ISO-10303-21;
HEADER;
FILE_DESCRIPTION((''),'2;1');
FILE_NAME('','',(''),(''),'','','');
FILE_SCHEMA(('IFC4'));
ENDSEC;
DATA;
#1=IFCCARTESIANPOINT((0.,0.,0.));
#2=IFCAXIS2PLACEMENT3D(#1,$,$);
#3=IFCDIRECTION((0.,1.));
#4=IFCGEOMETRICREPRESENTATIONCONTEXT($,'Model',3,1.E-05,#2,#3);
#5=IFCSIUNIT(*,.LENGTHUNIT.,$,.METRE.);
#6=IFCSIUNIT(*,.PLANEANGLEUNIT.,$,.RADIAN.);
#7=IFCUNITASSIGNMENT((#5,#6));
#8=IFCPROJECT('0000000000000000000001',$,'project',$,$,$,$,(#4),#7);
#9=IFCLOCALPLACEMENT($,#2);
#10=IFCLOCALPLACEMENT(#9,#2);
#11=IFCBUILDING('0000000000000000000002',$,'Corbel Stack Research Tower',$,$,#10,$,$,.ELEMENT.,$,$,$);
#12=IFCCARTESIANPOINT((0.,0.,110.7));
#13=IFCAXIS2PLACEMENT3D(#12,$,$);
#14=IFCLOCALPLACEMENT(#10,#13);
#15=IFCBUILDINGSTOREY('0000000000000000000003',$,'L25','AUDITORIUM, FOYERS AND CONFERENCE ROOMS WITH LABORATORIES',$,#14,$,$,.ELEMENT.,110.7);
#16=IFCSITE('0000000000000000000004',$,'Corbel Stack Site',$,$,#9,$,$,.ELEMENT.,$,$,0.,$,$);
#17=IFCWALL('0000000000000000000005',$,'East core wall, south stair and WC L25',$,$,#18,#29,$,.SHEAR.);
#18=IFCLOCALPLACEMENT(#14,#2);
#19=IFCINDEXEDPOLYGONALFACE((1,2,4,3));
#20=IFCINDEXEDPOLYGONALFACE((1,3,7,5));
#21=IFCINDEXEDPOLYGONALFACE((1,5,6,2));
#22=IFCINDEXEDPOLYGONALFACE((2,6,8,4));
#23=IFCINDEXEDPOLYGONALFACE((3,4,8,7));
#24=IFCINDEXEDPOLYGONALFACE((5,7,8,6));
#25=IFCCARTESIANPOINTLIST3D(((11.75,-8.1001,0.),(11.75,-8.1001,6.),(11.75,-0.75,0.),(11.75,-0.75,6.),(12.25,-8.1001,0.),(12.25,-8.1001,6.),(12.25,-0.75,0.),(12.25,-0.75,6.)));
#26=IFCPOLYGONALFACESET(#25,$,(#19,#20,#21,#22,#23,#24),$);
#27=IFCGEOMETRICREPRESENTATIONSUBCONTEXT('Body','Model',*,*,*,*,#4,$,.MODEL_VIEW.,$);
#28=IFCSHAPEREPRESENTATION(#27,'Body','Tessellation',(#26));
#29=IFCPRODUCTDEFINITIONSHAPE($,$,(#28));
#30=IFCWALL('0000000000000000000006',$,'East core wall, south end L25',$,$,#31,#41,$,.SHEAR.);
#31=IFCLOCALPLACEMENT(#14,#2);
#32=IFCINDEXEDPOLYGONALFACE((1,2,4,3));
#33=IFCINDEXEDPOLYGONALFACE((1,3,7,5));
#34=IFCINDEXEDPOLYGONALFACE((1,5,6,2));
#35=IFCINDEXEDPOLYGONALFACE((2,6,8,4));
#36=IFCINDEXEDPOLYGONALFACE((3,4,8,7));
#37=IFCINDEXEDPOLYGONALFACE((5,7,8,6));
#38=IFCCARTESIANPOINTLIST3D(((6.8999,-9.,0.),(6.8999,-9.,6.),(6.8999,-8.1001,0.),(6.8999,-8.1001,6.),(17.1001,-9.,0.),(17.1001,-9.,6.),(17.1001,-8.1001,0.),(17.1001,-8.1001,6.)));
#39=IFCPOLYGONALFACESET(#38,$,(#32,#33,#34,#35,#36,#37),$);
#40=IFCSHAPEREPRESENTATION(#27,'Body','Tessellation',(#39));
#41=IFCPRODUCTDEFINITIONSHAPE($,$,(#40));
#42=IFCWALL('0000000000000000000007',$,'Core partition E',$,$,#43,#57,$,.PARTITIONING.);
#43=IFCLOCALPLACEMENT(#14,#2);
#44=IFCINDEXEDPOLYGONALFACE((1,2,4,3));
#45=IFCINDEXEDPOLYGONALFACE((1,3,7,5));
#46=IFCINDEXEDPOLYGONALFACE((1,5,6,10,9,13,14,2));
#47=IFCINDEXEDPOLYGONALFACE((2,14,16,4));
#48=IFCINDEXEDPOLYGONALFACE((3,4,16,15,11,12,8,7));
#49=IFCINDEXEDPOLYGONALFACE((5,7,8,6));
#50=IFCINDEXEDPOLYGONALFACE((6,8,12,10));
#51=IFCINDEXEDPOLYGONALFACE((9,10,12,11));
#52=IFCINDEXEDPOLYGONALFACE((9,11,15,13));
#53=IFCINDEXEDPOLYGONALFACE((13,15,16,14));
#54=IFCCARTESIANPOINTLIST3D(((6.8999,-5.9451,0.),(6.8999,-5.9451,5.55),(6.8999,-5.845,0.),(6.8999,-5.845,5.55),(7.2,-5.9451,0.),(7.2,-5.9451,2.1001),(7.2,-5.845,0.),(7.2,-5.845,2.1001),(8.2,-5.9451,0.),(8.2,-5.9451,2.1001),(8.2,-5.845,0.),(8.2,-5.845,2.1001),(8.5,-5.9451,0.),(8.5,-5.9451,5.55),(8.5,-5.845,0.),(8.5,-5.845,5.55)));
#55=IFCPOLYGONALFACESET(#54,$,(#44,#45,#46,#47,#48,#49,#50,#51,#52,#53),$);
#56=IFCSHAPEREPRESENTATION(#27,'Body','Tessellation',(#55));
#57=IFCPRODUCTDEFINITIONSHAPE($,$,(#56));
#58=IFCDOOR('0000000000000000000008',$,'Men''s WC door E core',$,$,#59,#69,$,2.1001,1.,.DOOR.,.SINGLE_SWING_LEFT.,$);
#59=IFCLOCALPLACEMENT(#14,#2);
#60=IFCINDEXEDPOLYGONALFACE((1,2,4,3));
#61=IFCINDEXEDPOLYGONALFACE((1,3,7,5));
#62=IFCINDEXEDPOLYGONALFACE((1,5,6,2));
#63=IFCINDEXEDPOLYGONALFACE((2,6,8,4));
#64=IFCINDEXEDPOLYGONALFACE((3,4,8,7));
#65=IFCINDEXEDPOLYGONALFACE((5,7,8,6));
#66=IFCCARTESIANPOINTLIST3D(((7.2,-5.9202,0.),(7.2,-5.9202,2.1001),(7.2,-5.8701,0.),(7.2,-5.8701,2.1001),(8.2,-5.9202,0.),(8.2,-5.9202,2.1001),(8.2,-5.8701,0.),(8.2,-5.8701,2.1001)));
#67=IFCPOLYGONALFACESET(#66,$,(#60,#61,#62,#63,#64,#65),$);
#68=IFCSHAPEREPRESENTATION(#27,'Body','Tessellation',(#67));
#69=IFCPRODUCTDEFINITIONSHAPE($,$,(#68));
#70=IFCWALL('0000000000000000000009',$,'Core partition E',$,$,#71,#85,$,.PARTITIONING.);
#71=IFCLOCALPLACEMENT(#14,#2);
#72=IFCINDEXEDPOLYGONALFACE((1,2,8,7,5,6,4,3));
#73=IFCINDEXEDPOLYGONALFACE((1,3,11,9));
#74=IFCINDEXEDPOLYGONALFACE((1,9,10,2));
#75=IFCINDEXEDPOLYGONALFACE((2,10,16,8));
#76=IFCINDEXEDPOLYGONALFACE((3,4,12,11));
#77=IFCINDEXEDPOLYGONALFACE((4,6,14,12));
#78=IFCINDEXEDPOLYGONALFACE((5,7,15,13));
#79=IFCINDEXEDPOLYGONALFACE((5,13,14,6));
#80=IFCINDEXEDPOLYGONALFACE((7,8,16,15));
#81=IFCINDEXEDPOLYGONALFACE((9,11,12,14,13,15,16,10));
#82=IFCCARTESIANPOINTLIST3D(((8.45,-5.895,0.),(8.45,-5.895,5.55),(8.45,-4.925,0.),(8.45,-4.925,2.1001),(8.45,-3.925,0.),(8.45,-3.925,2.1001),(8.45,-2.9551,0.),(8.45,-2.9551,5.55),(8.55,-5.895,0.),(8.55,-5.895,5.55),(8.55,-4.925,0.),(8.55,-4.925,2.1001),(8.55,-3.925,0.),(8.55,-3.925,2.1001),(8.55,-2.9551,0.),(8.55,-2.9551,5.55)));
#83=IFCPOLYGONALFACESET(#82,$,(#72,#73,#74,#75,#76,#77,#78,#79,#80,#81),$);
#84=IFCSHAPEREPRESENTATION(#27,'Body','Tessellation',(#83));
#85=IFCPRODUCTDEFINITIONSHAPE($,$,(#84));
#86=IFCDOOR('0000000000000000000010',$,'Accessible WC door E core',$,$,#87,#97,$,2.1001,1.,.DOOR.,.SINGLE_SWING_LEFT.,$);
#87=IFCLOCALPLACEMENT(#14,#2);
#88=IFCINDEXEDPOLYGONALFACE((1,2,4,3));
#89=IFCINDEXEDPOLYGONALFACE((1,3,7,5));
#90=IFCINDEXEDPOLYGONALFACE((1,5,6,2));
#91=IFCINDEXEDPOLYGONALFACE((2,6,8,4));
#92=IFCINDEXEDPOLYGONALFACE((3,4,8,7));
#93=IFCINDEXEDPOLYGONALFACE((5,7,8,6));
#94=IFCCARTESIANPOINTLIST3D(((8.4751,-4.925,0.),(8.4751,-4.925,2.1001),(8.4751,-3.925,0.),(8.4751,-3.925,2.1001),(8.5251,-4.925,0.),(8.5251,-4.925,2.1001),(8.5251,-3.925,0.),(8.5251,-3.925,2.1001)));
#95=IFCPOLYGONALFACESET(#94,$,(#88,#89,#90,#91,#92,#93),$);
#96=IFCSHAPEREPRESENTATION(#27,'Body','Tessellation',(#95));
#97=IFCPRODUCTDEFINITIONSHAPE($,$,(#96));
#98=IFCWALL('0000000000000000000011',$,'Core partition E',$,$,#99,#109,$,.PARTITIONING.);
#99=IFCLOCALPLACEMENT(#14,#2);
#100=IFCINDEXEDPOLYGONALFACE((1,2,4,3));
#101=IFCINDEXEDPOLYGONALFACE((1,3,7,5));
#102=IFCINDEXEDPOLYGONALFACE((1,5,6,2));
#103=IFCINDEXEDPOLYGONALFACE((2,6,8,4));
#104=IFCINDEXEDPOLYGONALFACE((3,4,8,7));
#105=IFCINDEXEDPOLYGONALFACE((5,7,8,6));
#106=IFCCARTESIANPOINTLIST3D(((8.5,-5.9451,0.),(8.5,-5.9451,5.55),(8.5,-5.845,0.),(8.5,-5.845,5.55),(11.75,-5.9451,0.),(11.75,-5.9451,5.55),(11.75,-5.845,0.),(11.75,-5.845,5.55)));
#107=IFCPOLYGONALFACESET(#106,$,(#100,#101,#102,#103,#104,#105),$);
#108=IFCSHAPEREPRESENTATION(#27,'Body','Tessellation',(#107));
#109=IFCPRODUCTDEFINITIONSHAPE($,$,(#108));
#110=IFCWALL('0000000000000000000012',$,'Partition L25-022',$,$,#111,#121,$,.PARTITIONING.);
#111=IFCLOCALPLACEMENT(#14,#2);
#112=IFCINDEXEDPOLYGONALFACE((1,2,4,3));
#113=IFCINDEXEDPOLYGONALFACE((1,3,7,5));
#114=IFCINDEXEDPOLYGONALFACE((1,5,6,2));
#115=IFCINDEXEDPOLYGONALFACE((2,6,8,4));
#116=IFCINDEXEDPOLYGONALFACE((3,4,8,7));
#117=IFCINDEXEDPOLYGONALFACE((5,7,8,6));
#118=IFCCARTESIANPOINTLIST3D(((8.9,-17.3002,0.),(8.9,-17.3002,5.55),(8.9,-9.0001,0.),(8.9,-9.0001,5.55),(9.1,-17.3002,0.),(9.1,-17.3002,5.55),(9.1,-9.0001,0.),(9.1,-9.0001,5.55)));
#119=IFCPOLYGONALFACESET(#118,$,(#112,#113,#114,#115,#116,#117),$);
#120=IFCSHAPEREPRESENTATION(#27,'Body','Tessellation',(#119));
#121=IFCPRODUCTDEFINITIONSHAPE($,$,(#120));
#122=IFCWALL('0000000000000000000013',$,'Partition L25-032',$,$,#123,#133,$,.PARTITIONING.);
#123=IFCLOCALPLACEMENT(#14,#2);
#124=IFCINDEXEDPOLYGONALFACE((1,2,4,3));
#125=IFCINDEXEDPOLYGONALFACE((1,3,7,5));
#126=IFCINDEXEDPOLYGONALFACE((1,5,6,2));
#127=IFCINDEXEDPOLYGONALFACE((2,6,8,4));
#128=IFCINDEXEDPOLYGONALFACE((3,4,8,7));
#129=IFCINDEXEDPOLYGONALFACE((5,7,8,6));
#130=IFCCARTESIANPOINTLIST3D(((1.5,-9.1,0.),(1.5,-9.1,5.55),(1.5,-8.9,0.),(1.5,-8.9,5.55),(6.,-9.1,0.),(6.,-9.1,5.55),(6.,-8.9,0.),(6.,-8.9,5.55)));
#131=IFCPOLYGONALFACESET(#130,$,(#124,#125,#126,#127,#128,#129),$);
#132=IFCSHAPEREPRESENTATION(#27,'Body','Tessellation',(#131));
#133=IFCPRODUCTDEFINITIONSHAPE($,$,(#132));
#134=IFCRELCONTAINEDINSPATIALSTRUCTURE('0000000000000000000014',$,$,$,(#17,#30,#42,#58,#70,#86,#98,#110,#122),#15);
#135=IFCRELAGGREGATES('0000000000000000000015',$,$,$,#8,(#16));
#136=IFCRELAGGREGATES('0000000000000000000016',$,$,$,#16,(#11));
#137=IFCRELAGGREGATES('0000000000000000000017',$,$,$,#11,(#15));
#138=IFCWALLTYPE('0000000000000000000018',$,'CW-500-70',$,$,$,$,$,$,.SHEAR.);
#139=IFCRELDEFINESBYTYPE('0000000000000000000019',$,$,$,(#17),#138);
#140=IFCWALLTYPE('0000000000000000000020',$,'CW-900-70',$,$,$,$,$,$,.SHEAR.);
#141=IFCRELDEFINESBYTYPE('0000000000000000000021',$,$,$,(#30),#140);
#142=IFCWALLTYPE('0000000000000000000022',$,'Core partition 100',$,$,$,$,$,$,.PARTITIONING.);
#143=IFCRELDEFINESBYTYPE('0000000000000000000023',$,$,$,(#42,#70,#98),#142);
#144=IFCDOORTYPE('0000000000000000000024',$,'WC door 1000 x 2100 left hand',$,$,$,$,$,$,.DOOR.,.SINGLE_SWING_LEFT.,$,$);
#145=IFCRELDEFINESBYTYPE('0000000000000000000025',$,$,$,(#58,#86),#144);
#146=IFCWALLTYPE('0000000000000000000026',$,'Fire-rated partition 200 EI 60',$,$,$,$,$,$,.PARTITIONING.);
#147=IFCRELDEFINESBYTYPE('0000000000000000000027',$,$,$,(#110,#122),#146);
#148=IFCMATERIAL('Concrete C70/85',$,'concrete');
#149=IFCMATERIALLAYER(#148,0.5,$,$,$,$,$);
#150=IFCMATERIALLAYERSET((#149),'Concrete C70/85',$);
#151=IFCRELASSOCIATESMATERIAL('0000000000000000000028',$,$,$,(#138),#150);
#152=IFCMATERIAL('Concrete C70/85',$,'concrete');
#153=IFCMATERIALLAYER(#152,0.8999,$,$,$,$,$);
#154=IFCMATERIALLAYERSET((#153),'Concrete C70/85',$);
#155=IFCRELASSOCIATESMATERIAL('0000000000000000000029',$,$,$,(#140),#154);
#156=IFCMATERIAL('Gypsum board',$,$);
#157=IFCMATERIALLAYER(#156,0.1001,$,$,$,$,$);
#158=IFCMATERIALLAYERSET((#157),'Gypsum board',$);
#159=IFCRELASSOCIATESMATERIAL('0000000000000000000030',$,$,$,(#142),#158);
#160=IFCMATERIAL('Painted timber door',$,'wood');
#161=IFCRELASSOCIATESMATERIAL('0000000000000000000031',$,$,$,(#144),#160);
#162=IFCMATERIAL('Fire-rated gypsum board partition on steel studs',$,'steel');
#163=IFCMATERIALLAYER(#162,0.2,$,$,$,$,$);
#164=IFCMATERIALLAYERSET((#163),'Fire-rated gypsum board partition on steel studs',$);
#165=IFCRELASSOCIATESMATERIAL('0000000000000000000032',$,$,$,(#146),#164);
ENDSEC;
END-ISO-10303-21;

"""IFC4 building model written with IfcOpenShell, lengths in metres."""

from ifc_helpers import new_model, si_unit, direction, frame, frame_2d, origin, place, context, subcontext, project, spatial, rectangle, extrude, material, layer, layer_set, type_object, element, fill, save


model = new_model("IFC4")

# Units and contexts
model_context = context("Model", 3, precision=1e-05, world=origin(), true_north=direction((0.0, 1.0)))
body_context = subcontext(model_context, "Body", "Model", "MODEL_VIEW")
ifc_project = project(units=[si_unit("LENGTHUNIT", "METRE"), si_unit("PLANEANGLEUNIT", "RADIAN")], contexts=[model_context])

# Site, building, storey
site_placement = place(None, origin())
site = spatial("IfcSite", under=ifc_project, at=site_placement, Name="Corbel Stack Site", CompositionType="ELEMENT", RefElevation=0.0)
building_placement = place(site_placement, origin())
building = spatial("IfcBuilding", under=site, at=building_placement, Name="Corbel Stack Research Tower", CompositionType="ELEMENT")
storey_placement = place(building_placement, frame((0.0, 0.0, 110.7)))
storey = spatial("IfcBuildingStorey", under=building, at=storey_placement, Name="L25", Description="AUDITORIUM, FOYERS AND CONFERENCE ROOMS WITH LABORATORIES", CompositionType="ELEMENT", Elevation=110.7)

# Wall
ifc_material_1 = material(Name="Concrete C70/85", Category="concrete")
ifc_layer_1 = layer(ifc_material_1, 0.5)
ifc_layer_set_1 = layer_set([ifc_layer_1], Name="Concrete C70/85")
wall_type_1 = type_object("IfcWallType", Name="CW-500-70", PredefinedType="SHEAR", material=ifc_layer_set_1)
wall_1_placement = place(storey_placement, frame((12.0, -8.1001, 0.0), z_axis=(0.0, 0.0, 1.0), x_axis=(0.0, 1.0, 0.0)))
element("IfcWall", 1, at=wall_1_placement, inside=storey, type_object=wall_type_1, Name="East core wall, south stair and WC L25", PredefinedType="SHEAR", context=body_context, shape_type="SweptSolid", body=[
    extrude(rectangle(XDim=7.3501, YDim=0.5, at=frame_2d((3.675, 0.0))), origin(), (0.0, 0.0, 1.0), 6.0),
])

# Shared definitions
ifc_material_2 = material(Name="Concrete C70/85", Category="concrete")
ifc_layer_2 = layer(ifc_material_2, 0.8999)
ifc_layer_set_2 = layer_set([ifc_layer_2], Name="Concrete C70/85")
wall_type_2 = type_object("IfcWallType", Name="CW-900-70", PredefinedType="SHEAR", material=ifc_layer_set_2)

# Wall
wall_2_placement = place(storey_placement, frame((6.8999, -8.55, 0.0), z_axis=(0.0, 0.0, 1.0), x_axis=(1.0, 0.0, 0.0)))
element("IfcWall", 2, at=wall_2_placement, inside=storey, type_object=wall_type_2, Name="East core wall, south end L25", PredefinedType="SHEAR", context=body_context, shape_type="SweptSolid", body=[
    extrude(rectangle(XDim=10.2002, YDim=0.8999, at=frame_2d((5.1001, 0.0))), origin(), (0.0, 0.0, 1.0), 6.0),
])

# Walls, openings, doors
ifc_material_3 = material(Name="Gypsum board")
ifc_layer_3 = layer(ifc_material_3, 0.1001)
ifc_layer_set_3 = layer_set([ifc_layer_3], Name="Gypsum board")
wall_type_3 = type_object("IfcWallType", Name="Core partition 100", PredefinedType="PARTITIONING", material=ifc_layer_set_3)
wall_3_placement = place(storey_placement, frame((6.8999, -5.895, 0.0), z_axis=(0.0, 0.0, 1.0), x_axis=(1.0, 0.0, 0.0)))
wall_3 = element("IfcWall", 3, at=wall_3_placement, inside=storey, type_object=wall_type_3, Name="Core partition E", PredefinedType="PARTITIONING", context=body_context, shape_type="SweptSolid", body=[
    extrude(rectangle(XDim=1.6001, YDim=0.1001, at=frame_2d((0.8, 0.0))), origin(), (0.0, 0.0, 1.0), 5.55),
])
opening_1_placement = place(wall_3_placement, frame((0.3, 0.0, 0.0)))
opening_1 = element("IfcOpeningElement", 4, at=opening_1_placement, cuts=wall_3, PredefinedType="OPENING", context=body_context, shape_type="SweptSolid", body=[
    extrude(rectangle(XDim=1.0, YDim=2.1001, at=frame_2d((0.5, 1.05))), frame((0.0, 0.0601, 0.0), z_axis=(0.0, -1.0, 0.0), x_axis=(1.0, 0.0, 0.0)), (0.0, 0.0, 1.0), 0.1201),
])
ifc_material_4 = material(Name="Painted timber door", Category="wood")
door_type_1 = type_object("IfcDoorType", Name="WC door 1000 x 2100 left hand", OperationType="SINGLE_SWING_LEFT", PredefinedType="DOOR", material=ifc_material_4)
door_1_placement = place(opening_1_placement, origin())
door_1 = element("IfcDoor", 5, at=door_1_placement, inside=storey, type_object=door_type_1, Name="Men's WC door E core", OperationType="SINGLE_SWING_LEFT", OverallHeight=2.1001, OverallWidth=1.0, PredefinedType="DOOR", context=body_context, shape_type="SweptSolid", body=[
    extrude(rectangle(XDim=1.0, YDim=2.1001, at=frame_2d((0.5, 1.05))), frame((0.0, 0.0249, 0.0), z_axis=(0.0, -1.0, 0.0), x_axis=(1.0, 0.0, 0.0)), (0.0, 0.0, 1.0), 0.05),
])
fill(opening_1, door_1)
wall_4_placement = place(storey_placement, frame((8.5, -5.895, 0.0), z_axis=(0.0, 0.0, 1.0), x_axis=(0.0, 1.0, 0.0)))
wall_4 = element("IfcWall", 6, at=wall_4_placement, inside=storey, type_object=wall_type_3, Name="Core partition E", PredefinedType="PARTITIONING", context=body_context, shape_type="SweptSolid", body=[
    extrude(rectangle(XDim=2.9399, YDim=0.1001, at=frame_2d((1.47, 0.0))), origin(), (0.0, 0.0, 1.0), 5.55),
])
opening_2_placement = place(wall_4_placement, frame((0.97, 0.0, 0.0)))
opening_2 = element("IfcOpeningElement", 7, at=opening_2_placement, cuts=wall_4, PredefinedType="OPENING", context=body_context, shape_type="SweptSolid", body=[
    extrude(rectangle(XDim=1.0, YDim=2.1001, at=frame_2d((0.5, 1.05))), frame((0.0, 0.0601, 0.0), z_axis=(0.0, -1.0, 0.0), x_axis=(1.0, 0.0, 0.0)), (0.0, 0.0, 1.0), 0.1201),
])
door_2_placement = place(opening_2_placement, origin())
door_2 = element("IfcDoor", 8, at=door_2_placement, inside=storey, type_object=door_type_1, Name="Accessible WC door E core", OperationType="SINGLE_SWING_LEFT", OverallHeight=2.1001, OverallWidth=1.0, PredefinedType="DOOR", context=body_context, shape_type="SweptSolid", body=[
    extrude(rectangle(XDim=1.0, YDim=2.1001, at=frame_2d((0.5, 1.05))), frame((0.0, 0.0249, 0.0), z_axis=(0.0, -1.0, 0.0), x_axis=(1.0, 0.0, 0.0)), (0.0, 0.0, 1.0), 0.05),
])
fill(opening_2, door_2)

# Walls
wall_5_placement = place(storey_placement, frame((8.5, -5.895, 0.0), z_axis=(0.0, 0.0, 1.0), x_axis=(1.0, 0.0, 0.0)))
element("IfcWall", 9, at=wall_5_placement, inside=storey, type_object=wall_type_3, Name="Core partition E", PredefinedType="PARTITIONING", context=body_context, shape_type="SweptSolid", body=[
    extrude(rectangle(XDim=3.25, YDim=0.1001, at=frame_2d((1.625, 0.0))), origin(), (0.0, 0.0, 1.0), 5.55),
])
ifc_material_5 = material(Name="Fire-rated gypsum board partition on steel studs", Category="steel")
ifc_layer_4 = layer(ifc_material_5, 0.2)
ifc_layer_set_4 = layer_set([ifc_layer_4], Name="Fire-rated gypsum board partition on steel studs")
wall_type_4 = type_object("IfcWallType", Name="Fire-rated partition 200 EI 60", PredefinedType="PARTITIONING", material=ifc_layer_set_4)
wall_6_placement = place(storey_placement, frame((9.0, -17.3, 0.0), z_axis=(0.0, 0.0, 1.0), x_axis=(0.0, 1.0, 0.0)))
element("IfcWall", 10, at=wall_6_placement, inside=storey, type_object=wall_type_4, Name="Partition L25-022", PredefinedType="PARTITIONING", context=body_context, shape_type="SweptSolid", body=[
    extrude(rectangle(XDim=8.3, YDim=0.2, at=frame_2d((4.1499, 0.0))), origin(), (0.0, 0.0, 1.0), 5.55),
])
wall_7_placement = place(storey_placement, frame((1.5, -9.0, 0.0), z_axis=(0.0, 0.0, 1.0), x_axis=(1.0, 0.0, 0.0)))
element("IfcWall", 11, at=wall_7_placement, inside=storey, type_object=wall_type_4, Name="Partition L25-032", PredefinedType="PARTITIONING", context=body_context, shape_type="SweptSolid", body=[
    extrude(rectangle(XDim=4.5, YDim=0.2, at=frame_2d((2.25, 0.0))), origin(), (0.0, 0.0, 1.0), 5.55),
])

save(model, "model.ifc")
